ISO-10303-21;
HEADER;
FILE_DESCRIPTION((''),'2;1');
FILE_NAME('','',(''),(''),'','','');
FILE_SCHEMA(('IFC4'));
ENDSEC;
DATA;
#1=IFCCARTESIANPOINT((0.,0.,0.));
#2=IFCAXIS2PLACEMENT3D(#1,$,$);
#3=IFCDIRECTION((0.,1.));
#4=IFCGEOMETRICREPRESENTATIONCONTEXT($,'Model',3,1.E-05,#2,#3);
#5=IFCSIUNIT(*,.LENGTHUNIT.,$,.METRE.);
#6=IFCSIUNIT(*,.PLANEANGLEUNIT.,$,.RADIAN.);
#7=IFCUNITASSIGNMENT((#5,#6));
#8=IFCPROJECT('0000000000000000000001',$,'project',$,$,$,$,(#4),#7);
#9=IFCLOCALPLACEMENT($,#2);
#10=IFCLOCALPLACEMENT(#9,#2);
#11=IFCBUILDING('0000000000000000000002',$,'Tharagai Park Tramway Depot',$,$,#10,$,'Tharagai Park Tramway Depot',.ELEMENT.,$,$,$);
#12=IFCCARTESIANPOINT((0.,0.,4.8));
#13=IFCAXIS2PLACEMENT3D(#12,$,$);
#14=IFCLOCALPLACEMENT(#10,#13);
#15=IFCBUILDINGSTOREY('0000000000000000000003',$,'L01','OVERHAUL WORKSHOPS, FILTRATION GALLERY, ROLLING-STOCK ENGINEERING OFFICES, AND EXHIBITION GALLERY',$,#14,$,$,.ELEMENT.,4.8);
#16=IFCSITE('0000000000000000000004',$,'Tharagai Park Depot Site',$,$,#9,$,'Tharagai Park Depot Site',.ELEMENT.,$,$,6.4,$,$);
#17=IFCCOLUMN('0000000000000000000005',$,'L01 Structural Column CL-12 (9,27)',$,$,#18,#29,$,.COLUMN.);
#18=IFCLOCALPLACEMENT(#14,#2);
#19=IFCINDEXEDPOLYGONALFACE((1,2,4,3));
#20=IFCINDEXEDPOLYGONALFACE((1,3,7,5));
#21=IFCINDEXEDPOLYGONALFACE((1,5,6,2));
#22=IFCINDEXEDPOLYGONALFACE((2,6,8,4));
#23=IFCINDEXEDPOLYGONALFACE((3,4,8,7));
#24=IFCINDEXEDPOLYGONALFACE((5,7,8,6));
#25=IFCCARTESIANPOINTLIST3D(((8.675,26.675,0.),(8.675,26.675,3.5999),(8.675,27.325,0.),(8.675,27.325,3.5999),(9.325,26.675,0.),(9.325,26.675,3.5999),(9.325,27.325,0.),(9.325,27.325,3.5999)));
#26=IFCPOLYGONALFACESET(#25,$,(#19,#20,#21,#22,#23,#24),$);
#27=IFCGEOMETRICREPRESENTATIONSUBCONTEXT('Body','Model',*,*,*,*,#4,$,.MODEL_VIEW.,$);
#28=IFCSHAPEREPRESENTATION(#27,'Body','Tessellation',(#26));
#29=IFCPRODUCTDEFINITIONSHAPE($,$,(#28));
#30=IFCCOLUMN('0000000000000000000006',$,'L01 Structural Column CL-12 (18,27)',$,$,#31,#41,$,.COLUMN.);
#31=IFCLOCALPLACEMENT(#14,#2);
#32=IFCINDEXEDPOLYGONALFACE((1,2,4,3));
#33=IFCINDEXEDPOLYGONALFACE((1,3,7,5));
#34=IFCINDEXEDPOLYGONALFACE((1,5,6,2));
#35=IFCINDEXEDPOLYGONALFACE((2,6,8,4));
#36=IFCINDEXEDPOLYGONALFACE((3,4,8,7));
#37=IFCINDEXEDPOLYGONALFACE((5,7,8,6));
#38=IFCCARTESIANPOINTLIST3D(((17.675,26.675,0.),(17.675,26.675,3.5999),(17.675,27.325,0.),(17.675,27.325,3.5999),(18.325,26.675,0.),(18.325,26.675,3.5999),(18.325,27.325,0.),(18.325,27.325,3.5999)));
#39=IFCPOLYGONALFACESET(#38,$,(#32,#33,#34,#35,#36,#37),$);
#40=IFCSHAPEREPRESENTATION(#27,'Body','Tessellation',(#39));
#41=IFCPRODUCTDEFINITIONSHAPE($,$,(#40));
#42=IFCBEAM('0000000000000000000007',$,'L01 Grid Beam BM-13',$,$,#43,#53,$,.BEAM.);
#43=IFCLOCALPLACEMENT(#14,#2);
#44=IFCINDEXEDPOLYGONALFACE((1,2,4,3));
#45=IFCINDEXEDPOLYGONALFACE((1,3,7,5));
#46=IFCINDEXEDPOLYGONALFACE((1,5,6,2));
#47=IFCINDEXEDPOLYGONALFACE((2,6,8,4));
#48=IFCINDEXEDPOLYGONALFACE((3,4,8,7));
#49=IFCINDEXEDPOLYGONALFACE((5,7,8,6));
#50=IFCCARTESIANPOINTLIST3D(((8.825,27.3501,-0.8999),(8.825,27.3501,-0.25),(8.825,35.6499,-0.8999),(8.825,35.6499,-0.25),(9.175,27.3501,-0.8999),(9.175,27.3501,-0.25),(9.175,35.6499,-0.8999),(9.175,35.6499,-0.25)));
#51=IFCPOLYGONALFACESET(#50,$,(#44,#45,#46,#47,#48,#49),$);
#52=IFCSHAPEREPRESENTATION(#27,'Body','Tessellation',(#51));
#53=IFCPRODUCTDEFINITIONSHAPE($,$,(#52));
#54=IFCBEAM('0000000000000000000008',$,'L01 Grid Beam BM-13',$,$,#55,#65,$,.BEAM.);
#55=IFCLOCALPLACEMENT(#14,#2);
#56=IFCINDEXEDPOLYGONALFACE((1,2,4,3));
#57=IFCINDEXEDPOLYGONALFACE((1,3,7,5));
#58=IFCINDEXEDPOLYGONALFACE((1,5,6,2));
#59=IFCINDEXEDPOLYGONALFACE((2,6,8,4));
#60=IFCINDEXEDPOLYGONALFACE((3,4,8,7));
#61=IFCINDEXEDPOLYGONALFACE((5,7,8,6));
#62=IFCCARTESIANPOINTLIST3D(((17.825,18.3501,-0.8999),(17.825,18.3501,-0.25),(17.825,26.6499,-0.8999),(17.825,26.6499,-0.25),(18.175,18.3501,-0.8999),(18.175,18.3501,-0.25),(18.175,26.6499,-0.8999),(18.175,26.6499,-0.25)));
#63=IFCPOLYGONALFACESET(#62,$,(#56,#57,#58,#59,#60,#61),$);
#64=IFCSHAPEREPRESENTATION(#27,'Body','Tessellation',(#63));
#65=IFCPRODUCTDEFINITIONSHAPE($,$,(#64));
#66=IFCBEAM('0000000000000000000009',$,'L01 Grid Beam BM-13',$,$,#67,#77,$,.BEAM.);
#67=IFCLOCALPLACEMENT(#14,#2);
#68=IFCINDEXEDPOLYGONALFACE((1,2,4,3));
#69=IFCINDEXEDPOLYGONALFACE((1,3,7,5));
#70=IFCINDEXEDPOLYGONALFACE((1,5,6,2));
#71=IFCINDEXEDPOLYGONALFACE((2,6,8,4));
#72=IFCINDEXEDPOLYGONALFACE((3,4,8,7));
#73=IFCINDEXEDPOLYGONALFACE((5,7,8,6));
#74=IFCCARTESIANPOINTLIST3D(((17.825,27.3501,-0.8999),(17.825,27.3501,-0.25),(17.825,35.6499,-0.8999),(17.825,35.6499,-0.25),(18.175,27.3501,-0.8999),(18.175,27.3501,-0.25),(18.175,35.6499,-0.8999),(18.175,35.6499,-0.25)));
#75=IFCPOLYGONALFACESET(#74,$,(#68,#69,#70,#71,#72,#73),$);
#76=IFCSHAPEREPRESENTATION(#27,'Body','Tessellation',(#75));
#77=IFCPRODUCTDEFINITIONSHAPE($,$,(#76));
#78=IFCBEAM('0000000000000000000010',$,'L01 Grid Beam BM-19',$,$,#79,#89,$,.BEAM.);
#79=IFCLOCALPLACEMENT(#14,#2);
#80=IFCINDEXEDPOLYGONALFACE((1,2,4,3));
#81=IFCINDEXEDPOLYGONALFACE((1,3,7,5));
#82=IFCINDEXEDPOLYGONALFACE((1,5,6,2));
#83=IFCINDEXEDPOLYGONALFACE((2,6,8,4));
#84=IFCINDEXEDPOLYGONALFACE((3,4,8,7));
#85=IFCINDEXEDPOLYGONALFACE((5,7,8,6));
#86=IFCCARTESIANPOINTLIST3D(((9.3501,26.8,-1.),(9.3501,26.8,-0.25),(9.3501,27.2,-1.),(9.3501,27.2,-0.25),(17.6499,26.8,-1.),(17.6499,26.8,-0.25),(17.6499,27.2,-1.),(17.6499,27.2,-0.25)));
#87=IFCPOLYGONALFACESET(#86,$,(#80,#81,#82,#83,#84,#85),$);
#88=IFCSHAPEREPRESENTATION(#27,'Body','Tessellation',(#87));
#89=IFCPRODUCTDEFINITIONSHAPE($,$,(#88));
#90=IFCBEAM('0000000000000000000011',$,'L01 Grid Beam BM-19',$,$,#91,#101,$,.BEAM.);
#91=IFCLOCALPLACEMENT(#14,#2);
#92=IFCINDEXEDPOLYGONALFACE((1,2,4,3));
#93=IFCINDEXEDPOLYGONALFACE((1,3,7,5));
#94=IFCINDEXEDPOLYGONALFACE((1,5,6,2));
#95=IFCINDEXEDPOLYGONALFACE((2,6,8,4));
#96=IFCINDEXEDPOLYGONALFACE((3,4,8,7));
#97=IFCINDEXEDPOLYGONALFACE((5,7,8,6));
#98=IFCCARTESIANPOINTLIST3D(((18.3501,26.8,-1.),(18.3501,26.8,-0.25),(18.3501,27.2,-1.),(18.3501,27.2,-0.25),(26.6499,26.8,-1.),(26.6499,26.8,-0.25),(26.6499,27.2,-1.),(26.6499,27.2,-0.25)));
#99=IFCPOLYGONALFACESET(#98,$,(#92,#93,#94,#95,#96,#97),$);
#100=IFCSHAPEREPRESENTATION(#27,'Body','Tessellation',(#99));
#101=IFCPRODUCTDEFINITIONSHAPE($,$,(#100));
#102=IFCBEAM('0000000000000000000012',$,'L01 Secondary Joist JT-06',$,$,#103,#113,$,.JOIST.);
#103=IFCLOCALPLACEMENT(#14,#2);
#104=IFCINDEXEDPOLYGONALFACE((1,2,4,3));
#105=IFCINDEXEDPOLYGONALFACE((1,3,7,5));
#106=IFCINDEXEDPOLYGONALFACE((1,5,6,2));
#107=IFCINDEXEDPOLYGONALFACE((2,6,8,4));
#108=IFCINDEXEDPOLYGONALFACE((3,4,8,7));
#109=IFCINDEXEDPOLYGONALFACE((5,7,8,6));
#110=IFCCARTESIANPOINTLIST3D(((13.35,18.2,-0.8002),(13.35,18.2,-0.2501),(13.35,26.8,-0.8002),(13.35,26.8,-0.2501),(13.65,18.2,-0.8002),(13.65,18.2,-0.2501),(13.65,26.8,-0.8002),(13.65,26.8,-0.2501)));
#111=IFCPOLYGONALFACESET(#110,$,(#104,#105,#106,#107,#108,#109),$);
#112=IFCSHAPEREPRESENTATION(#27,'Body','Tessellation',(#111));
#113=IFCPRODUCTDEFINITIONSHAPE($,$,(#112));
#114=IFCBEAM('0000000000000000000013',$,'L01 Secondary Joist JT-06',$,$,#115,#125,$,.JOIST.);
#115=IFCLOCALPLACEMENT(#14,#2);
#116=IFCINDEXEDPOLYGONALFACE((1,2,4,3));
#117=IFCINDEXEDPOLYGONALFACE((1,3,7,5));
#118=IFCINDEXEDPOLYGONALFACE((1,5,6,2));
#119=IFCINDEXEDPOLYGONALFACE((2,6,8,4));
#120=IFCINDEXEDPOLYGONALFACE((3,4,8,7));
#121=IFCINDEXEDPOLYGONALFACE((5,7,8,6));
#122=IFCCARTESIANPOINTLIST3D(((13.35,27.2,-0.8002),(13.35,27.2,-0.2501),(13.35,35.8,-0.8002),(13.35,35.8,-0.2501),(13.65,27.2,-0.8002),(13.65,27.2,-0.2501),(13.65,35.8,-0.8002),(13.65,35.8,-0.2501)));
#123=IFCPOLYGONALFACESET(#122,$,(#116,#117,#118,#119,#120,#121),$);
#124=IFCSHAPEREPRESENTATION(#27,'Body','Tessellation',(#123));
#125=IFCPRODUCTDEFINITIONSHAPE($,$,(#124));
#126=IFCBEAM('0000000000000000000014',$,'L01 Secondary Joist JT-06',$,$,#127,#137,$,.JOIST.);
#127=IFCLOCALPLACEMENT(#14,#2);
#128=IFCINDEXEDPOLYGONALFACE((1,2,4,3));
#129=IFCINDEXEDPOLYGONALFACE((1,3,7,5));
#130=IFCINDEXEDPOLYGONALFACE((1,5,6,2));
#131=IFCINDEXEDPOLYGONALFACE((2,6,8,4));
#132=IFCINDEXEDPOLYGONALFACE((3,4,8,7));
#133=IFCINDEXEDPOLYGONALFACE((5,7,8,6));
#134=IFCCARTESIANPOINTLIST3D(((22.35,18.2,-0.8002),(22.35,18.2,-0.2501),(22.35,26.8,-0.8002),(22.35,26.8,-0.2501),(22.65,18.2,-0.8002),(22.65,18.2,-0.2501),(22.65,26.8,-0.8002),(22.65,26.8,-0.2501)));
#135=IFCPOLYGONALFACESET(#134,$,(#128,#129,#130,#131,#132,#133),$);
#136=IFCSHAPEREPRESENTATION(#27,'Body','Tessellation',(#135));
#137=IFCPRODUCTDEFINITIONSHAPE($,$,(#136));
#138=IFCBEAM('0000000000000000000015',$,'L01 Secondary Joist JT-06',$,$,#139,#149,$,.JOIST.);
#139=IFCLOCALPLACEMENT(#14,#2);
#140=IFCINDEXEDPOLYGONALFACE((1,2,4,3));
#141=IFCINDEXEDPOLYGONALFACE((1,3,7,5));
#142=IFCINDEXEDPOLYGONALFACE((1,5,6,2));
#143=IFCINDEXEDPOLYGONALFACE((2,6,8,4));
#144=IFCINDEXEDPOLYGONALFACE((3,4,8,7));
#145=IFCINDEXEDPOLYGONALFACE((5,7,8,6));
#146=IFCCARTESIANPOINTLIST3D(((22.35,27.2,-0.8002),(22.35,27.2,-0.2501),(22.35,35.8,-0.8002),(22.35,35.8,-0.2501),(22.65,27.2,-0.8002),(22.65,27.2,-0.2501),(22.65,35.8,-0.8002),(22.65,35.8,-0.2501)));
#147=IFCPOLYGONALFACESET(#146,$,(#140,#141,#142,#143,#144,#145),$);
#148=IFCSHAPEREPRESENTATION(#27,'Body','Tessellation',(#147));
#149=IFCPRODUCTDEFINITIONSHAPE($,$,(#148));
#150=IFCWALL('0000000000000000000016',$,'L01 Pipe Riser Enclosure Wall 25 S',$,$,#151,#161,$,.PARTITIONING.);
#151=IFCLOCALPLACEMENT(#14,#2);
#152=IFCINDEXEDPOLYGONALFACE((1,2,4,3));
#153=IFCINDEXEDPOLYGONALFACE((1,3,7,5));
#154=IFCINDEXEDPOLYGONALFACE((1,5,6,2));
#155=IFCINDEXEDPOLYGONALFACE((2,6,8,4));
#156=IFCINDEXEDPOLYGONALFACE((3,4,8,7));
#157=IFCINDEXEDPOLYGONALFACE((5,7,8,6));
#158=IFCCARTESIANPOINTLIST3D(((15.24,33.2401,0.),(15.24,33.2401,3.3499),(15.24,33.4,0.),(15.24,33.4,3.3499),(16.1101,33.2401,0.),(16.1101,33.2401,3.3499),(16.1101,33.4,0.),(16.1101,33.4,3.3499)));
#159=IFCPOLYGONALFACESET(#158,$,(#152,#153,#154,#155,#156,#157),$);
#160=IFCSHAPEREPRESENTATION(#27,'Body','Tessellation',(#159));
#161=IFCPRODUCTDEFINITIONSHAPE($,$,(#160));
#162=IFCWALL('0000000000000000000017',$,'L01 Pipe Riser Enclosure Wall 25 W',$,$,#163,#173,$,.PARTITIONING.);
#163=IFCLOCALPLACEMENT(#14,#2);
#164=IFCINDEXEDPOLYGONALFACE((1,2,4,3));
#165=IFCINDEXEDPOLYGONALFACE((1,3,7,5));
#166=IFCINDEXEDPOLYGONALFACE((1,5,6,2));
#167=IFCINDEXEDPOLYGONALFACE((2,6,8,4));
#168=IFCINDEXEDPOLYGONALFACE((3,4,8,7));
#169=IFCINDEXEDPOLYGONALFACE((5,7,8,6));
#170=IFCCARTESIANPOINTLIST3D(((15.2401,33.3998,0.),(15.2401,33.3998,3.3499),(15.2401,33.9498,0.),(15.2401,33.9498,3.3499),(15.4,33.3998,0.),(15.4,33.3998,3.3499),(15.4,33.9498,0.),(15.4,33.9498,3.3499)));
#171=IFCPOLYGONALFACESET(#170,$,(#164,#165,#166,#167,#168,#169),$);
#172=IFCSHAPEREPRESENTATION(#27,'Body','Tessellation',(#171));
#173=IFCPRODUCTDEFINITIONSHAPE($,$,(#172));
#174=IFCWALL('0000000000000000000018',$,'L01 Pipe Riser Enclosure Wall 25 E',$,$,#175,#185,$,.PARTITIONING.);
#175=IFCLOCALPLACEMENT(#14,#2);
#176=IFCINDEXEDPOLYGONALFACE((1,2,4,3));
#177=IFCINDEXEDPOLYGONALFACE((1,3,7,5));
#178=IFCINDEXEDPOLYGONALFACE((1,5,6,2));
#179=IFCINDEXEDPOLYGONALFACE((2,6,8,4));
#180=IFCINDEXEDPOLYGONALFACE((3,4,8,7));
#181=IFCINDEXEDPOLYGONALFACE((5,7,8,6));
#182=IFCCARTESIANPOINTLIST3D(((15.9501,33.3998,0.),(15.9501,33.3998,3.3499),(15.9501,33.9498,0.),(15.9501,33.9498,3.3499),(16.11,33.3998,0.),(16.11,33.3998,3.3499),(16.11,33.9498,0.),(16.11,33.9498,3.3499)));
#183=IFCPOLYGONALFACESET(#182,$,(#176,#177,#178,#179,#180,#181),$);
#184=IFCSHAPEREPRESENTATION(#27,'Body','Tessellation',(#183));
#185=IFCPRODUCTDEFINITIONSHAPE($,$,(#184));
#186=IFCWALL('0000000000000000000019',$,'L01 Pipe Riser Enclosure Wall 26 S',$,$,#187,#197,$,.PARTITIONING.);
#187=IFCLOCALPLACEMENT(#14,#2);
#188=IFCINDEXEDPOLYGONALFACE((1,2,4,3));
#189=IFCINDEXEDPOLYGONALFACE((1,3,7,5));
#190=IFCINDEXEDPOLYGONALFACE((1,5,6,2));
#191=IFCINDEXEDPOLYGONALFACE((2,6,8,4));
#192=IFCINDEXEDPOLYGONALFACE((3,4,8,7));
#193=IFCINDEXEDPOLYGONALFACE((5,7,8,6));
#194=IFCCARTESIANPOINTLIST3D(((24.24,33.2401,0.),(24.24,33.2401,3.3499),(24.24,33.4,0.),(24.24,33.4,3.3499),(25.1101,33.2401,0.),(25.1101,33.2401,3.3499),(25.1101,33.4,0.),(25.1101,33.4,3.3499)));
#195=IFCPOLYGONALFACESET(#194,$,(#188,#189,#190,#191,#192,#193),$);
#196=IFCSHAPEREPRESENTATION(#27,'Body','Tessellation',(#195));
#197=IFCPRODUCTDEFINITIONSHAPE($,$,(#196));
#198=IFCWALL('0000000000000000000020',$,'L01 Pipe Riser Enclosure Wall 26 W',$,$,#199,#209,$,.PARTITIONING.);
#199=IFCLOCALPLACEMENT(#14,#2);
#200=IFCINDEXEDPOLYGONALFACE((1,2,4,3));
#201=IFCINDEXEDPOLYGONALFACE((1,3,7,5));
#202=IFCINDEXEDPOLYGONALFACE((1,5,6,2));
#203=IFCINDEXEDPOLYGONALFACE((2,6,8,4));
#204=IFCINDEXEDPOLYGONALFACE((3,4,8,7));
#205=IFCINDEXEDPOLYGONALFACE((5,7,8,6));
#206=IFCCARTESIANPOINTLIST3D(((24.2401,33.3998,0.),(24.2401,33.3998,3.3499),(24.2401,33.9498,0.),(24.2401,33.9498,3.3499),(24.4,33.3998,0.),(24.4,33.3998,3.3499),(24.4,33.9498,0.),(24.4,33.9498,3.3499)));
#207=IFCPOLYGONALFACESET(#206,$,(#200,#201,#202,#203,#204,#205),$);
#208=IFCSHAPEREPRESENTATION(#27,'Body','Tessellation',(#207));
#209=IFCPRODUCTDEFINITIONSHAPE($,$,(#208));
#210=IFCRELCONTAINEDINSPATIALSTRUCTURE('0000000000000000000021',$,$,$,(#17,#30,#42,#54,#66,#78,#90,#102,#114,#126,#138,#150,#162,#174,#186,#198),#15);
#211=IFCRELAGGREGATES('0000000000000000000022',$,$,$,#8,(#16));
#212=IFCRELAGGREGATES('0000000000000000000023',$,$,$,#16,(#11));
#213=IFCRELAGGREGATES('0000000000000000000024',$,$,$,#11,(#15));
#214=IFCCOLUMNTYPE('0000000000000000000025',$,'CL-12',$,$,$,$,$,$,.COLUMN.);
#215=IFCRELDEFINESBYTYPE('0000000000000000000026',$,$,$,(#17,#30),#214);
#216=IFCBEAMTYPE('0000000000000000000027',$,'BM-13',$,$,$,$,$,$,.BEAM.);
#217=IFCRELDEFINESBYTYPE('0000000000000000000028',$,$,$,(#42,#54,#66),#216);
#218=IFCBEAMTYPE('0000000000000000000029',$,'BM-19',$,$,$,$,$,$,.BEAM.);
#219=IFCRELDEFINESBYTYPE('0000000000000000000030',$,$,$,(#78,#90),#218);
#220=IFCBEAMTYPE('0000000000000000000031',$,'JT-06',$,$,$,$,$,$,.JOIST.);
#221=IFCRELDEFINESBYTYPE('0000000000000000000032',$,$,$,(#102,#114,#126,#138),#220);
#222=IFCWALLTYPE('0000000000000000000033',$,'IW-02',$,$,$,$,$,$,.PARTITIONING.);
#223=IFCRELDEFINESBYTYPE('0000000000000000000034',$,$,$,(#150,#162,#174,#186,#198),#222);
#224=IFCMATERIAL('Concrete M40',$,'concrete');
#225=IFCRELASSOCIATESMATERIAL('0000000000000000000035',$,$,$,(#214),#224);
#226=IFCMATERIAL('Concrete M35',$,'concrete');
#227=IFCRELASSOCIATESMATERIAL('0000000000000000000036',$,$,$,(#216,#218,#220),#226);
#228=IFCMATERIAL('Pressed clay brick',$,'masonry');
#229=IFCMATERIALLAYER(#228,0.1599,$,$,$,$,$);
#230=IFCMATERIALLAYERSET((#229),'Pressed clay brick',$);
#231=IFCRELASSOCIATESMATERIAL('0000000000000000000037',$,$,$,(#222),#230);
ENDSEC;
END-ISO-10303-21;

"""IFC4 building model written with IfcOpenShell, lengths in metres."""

from ifc_helpers import new_model, si_unit, direction, frame, frame_2d, origin, origin_2d, place, context, subcontext, project, spatial, rectangle, extrude, material, layer, layer_set, material_profile, profile_set, type_object, element, save


model = new_model("IFC4")

# Units and contexts
model_context = context("Model", 3, precision=1e-05, world=origin(), true_north=direction((0.0, 1.0)))
body_context = subcontext(model_context, "Body", "Model", "MODEL_VIEW")
ifc_project = project(units=[si_unit("LENGTHUNIT", "METRE"), si_unit("PLANEANGLEUNIT", "RADIAN")], contexts=[model_context])

# Site, building, storey
site_placement = place(None, origin())
site = spatial("IfcSite", under=ifc_project, at=site_placement, Name="Tharagai Park Depot Site", LongName="Tharagai Park Depot Site", CompositionType="ELEMENT", RefElevation=6.4)
building_placement = place(site_placement, origin())
building = spatial("IfcBuilding", under=site, at=building_placement, Name="Tharagai Park Tramway Depot", LongName="Tharagai Park Tramway Depot", CompositionType="ELEMENT")
storey_placement = place(building_placement, frame((0.0, 0.0, 4.8)))
storey = spatial("IfcBuildingStorey", under=building, at=storey_placement, Name="L01", Description="OVERHAUL WORKSHOPS, FILTRATION GALLERY, ROLLING-STOCK ENGINEERING OFFICES, AND EXHIBITION GALLERY", CompositionType="ELEMENT", Elevation=4.8)

# Columns
ifc_material_1 = material(Name="Concrete M40", Category="concrete")
ifc_material_profile_1 = material_profile(ifc_material_1, rectangle(XDim=0.6499, YDim=0.6499, at=origin_2d()), Name="RC 650x650")
ifc_profile_set_1 = profile_set([ifc_material_profile_1], Name="Concrete M40")
column_type = type_object("IfcColumnType", Name="CL-12", PredefinedType="COLUMN", material=ifc_profile_set_1)
for number, where, z_axis, x_axis, name in (
    (1, (9.0, 27.0, 0.0), (0.0, 0.0, 1.0), (1.0, 0.0, 0.0), "L01 Structural Column CL-12 (9,27)"),
    (2, (18.0, 27.0, 0.0), (0.0, 0.0, 1.0), (1.0, 0.0, 0.0), "L01 Structural Column CL-12 (18,27)"),
):
    element("IfcColumn", number, at=place(storey_placement, frame(where, z_axis=z_axis, x_axis=x_axis)), inside=storey, type_object=column_type, Name=name, PredefinedType="COLUMN", context=body_context, shape_type="SweptSolid", body=[
        extrude(rectangle(XDim=0.6499, YDim=0.6499, at=origin_2d()), origin(), (0.0, 0.0, 1.0), 3.5999),
    ])

# Beams
ifc_material_2 = material(Name="Concrete M35", Category="concrete")
ifc_material_profile_2 = material_profile(ifc_material_2, rectangle(XDim=0.3501, YDim=0.6499, at=origin_2d()), Name="RC 350x650")
ifc_profile_set_2 = profile_set([ifc_material_profile_2], Name="Concrete M35")
beam_type_1 = type_object("IfcBeamType", Name="BM-13", PredefinedType="BEAM", material=ifc_profile_set_2)
for number, where, z_axis, x_axis, name in (
    (3, (9.0, 27.3501, -0.575), (0.0, 1.0, 0.0), (-1.0, 0.0, 0.0), "L01 Grid Beam BM-13"),
    (4, (18.0, 18.3501, -0.575), (0.0, 1.0, 0.0), (-1.0, 0.0, 0.0), "L01 Grid Beam BM-13"),
    (5, (18.0, 27.3501, -0.575), (0.0, 1.0, 0.0), (-1.0, 0.0, 0.0), "L01 Grid Beam BM-13"),
):
    element("IfcBeam", number, at=place(storey_placement, frame(where, z_axis=z_axis, x_axis=x_axis)), inside=storey, type_object=beam_type_1, Name=name, PredefinedType="BEAM", context=body_context, shape_type="SweptSolid", body=[
        extrude(rectangle(XDim=0.3501, YDim=0.6499, at=origin_2d()), origin(), (0.0, 0.0, 1.0), 8.2998),
    ])
ifc_material_profile_3 = material_profile(ifc_material_2, rectangle(XDim=0.3999, YDim=0.75, at=origin_2d()), Name="RC 400x750")
ifc_profile_set_3 = profile_set([ifc_material_profile_3], Name="Concrete M35")
beam_type_2 = type_object("IfcBeamType", Name="BM-19", PredefinedType="BEAM", material=ifc_profile_set_3)
for number, where, z_axis, x_axis, name in (
    (6, (9.3501, 27.0, -0.625), (1.0, 0.0, 0.0), (0.0, 1.0, 0.0), "L01 Grid Beam BM-19"),
    (7, (18.3501, 27.0, -0.625), (1.0, 0.0, 0.0), (0.0, 1.0, 0.0), "L01 Grid Beam BM-19"),
):
    element("IfcBeam", number, at=place(storey_placement, frame(where, z_axis=z_axis, x_axis=x_axis)), inside=storey, type_object=beam_type_2, Name=name, PredefinedType="BEAM", context=body_context, shape_type="SweptSolid", body=[
        extrude(rectangle(XDim=0.3999, YDim=0.75, at=origin_2d()), origin(), (0.0, 0.0, 1.0), 8.2998),
    ])
ifc_material_profile_4 = material_profile(ifc_material_2, rectangle(XDim=0.3, YDim=0.55, at=origin_2d()), Name="RC 300x550")
ifc_profile_set_4 = profile_set([ifc_material_profile_4], Name="Concrete M35")
beam_type_3 = type_object("IfcBeamType", Name="JT-06", PredefinedType="JOIST", material=ifc_profile_set_4)
for number, where, z_axis, x_axis, name in (
    (8, (13.5, 18.2, -0.5251), (0.0, 1.0, 0.0), (-1.0, 0.0, 0.0), "L01 Secondary Joist JT-06"),
    (9, (13.5, 27.2, -0.5251), (0.0, 1.0, 0.0), (-1.0, 0.0, 0.0), "L01 Secondary Joist JT-06"),
    (10, (22.5, 18.2, -0.5251), (0.0, 1.0, 0.0), (-1.0, 0.0, 0.0), "L01 Secondary Joist JT-06"),
    (11, (22.5, 27.2, -0.5251), (0.0, 1.0, 0.0), (-1.0, 0.0, 0.0), "L01 Secondary Joist JT-06"),
):
    element("IfcBeam", number, at=place(storey_placement, frame(where, z_axis=z_axis, x_axis=x_axis)), inside=storey, type_object=beam_type_3, Name=name, PredefinedType="JOIST", context=body_context, shape_type="SweptSolid", body=[
        extrude(rectangle(XDim=0.3, YDim=0.55, at=origin_2d()), origin(), (0.0, 0.0, 1.0), 8.6001),
    ])

# Walls
ifc_material_3 = material(Name="Pressed clay brick", Category="masonry")
ifc_layer_1 = layer(ifc_material_3, 0.1599)
ifc_layer_set_1 = layer_set([ifc_layer_1], Name="Pressed clay brick")
wall_type_1 = type_object("IfcWallType", Name="IW-02", PredefinedType="PARTITIONING", material=ifc_layer_set_1)
wall_1_placement = place(storey_placement, frame((15.24, 33.3201, 0.0), z_axis=(0.0, 0.0, 1.0), x_axis=(1.0, 0.0, 0.0)))
element("IfcWall", 12, at=wall_1_placement, inside=storey, type_object=wall_type_1, Name="L01 Pipe Riser Enclosure Wall 25 S", PredefinedType="PARTITIONING", context=body_context, shape_type="SweptSolid", body=[
    extrude(rectangle(XDim=0.8701, YDim=0.1599, at=frame_2d((0.4351, 0.0))), origin(), (0.0, 0.0, 1.0), 3.3499),
])
for number, where, z_axis, x_axis, name in (
    (13, (15.3201, 33.3999, 0.0), (0.0, 0.0, 1.0), (0.0, 1.0, 0.0), "L01 Pipe Riser Enclosure Wall 25 W"),
    (14, (16.03, 33.3999, 0.0), (0.0, 0.0, 1.0), (0.0, 1.0, 0.0), "L01 Pipe Riser Enclosure Wall 25 E"),
):
    element("IfcWall", number, at=place(storey_placement, frame(where, z_axis=z_axis, x_axis=x_axis)), inside=storey, type_object=wall_type_1, Name=name, PredefinedType="PARTITIONING", context=body_context, shape_type="SweptSolid", body=[
        extrude(rectangle(XDim=0.55, YDim=0.1599, at=frame_2d((0.2749, 0.0))), origin(), (0.0, 0.0, 1.0), 3.3499),
    ])
wall_2_placement = place(storey_placement, frame((24.24, 33.3201, 0.0), z_axis=(0.0, 0.0, 1.0), x_axis=(1.0, 0.0, 0.0)))
element("IfcWall", 15, at=wall_2_placement, inside=storey, type_object=wall_type_1, Name="L01 Pipe Riser Enclosure Wall 26 S", PredefinedType="PARTITIONING", context=body_context, shape_type="SweptSolid", body=[
    extrude(rectangle(XDim=0.8701, YDim=0.1599, at=frame_2d((0.4351, 0.0))), origin(), (0.0, 0.0, 1.0), 3.3499),
])
wall_3_placement = place(storey_placement, frame((24.3201, 33.3999, 0.0), z_axis=(0.0, 0.0, 1.0), x_axis=(0.0, 1.0, 0.0)))
element("IfcWall", 16, at=wall_3_placement, inside=storey, type_object=wall_type_1, Name="L01 Pipe Riser Enclosure Wall 26 W", PredefinedType="PARTITIONING", context=body_context, shape_type="SweptSolid", body=[
    extrude(rectangle(XDim=0.55, YDim=0.1599, at=frame_2d((0.2749, 0.0))), origin(), (0.0, 0.0, 1.0), 3.3499),
])

save(model, "model.ifc")
